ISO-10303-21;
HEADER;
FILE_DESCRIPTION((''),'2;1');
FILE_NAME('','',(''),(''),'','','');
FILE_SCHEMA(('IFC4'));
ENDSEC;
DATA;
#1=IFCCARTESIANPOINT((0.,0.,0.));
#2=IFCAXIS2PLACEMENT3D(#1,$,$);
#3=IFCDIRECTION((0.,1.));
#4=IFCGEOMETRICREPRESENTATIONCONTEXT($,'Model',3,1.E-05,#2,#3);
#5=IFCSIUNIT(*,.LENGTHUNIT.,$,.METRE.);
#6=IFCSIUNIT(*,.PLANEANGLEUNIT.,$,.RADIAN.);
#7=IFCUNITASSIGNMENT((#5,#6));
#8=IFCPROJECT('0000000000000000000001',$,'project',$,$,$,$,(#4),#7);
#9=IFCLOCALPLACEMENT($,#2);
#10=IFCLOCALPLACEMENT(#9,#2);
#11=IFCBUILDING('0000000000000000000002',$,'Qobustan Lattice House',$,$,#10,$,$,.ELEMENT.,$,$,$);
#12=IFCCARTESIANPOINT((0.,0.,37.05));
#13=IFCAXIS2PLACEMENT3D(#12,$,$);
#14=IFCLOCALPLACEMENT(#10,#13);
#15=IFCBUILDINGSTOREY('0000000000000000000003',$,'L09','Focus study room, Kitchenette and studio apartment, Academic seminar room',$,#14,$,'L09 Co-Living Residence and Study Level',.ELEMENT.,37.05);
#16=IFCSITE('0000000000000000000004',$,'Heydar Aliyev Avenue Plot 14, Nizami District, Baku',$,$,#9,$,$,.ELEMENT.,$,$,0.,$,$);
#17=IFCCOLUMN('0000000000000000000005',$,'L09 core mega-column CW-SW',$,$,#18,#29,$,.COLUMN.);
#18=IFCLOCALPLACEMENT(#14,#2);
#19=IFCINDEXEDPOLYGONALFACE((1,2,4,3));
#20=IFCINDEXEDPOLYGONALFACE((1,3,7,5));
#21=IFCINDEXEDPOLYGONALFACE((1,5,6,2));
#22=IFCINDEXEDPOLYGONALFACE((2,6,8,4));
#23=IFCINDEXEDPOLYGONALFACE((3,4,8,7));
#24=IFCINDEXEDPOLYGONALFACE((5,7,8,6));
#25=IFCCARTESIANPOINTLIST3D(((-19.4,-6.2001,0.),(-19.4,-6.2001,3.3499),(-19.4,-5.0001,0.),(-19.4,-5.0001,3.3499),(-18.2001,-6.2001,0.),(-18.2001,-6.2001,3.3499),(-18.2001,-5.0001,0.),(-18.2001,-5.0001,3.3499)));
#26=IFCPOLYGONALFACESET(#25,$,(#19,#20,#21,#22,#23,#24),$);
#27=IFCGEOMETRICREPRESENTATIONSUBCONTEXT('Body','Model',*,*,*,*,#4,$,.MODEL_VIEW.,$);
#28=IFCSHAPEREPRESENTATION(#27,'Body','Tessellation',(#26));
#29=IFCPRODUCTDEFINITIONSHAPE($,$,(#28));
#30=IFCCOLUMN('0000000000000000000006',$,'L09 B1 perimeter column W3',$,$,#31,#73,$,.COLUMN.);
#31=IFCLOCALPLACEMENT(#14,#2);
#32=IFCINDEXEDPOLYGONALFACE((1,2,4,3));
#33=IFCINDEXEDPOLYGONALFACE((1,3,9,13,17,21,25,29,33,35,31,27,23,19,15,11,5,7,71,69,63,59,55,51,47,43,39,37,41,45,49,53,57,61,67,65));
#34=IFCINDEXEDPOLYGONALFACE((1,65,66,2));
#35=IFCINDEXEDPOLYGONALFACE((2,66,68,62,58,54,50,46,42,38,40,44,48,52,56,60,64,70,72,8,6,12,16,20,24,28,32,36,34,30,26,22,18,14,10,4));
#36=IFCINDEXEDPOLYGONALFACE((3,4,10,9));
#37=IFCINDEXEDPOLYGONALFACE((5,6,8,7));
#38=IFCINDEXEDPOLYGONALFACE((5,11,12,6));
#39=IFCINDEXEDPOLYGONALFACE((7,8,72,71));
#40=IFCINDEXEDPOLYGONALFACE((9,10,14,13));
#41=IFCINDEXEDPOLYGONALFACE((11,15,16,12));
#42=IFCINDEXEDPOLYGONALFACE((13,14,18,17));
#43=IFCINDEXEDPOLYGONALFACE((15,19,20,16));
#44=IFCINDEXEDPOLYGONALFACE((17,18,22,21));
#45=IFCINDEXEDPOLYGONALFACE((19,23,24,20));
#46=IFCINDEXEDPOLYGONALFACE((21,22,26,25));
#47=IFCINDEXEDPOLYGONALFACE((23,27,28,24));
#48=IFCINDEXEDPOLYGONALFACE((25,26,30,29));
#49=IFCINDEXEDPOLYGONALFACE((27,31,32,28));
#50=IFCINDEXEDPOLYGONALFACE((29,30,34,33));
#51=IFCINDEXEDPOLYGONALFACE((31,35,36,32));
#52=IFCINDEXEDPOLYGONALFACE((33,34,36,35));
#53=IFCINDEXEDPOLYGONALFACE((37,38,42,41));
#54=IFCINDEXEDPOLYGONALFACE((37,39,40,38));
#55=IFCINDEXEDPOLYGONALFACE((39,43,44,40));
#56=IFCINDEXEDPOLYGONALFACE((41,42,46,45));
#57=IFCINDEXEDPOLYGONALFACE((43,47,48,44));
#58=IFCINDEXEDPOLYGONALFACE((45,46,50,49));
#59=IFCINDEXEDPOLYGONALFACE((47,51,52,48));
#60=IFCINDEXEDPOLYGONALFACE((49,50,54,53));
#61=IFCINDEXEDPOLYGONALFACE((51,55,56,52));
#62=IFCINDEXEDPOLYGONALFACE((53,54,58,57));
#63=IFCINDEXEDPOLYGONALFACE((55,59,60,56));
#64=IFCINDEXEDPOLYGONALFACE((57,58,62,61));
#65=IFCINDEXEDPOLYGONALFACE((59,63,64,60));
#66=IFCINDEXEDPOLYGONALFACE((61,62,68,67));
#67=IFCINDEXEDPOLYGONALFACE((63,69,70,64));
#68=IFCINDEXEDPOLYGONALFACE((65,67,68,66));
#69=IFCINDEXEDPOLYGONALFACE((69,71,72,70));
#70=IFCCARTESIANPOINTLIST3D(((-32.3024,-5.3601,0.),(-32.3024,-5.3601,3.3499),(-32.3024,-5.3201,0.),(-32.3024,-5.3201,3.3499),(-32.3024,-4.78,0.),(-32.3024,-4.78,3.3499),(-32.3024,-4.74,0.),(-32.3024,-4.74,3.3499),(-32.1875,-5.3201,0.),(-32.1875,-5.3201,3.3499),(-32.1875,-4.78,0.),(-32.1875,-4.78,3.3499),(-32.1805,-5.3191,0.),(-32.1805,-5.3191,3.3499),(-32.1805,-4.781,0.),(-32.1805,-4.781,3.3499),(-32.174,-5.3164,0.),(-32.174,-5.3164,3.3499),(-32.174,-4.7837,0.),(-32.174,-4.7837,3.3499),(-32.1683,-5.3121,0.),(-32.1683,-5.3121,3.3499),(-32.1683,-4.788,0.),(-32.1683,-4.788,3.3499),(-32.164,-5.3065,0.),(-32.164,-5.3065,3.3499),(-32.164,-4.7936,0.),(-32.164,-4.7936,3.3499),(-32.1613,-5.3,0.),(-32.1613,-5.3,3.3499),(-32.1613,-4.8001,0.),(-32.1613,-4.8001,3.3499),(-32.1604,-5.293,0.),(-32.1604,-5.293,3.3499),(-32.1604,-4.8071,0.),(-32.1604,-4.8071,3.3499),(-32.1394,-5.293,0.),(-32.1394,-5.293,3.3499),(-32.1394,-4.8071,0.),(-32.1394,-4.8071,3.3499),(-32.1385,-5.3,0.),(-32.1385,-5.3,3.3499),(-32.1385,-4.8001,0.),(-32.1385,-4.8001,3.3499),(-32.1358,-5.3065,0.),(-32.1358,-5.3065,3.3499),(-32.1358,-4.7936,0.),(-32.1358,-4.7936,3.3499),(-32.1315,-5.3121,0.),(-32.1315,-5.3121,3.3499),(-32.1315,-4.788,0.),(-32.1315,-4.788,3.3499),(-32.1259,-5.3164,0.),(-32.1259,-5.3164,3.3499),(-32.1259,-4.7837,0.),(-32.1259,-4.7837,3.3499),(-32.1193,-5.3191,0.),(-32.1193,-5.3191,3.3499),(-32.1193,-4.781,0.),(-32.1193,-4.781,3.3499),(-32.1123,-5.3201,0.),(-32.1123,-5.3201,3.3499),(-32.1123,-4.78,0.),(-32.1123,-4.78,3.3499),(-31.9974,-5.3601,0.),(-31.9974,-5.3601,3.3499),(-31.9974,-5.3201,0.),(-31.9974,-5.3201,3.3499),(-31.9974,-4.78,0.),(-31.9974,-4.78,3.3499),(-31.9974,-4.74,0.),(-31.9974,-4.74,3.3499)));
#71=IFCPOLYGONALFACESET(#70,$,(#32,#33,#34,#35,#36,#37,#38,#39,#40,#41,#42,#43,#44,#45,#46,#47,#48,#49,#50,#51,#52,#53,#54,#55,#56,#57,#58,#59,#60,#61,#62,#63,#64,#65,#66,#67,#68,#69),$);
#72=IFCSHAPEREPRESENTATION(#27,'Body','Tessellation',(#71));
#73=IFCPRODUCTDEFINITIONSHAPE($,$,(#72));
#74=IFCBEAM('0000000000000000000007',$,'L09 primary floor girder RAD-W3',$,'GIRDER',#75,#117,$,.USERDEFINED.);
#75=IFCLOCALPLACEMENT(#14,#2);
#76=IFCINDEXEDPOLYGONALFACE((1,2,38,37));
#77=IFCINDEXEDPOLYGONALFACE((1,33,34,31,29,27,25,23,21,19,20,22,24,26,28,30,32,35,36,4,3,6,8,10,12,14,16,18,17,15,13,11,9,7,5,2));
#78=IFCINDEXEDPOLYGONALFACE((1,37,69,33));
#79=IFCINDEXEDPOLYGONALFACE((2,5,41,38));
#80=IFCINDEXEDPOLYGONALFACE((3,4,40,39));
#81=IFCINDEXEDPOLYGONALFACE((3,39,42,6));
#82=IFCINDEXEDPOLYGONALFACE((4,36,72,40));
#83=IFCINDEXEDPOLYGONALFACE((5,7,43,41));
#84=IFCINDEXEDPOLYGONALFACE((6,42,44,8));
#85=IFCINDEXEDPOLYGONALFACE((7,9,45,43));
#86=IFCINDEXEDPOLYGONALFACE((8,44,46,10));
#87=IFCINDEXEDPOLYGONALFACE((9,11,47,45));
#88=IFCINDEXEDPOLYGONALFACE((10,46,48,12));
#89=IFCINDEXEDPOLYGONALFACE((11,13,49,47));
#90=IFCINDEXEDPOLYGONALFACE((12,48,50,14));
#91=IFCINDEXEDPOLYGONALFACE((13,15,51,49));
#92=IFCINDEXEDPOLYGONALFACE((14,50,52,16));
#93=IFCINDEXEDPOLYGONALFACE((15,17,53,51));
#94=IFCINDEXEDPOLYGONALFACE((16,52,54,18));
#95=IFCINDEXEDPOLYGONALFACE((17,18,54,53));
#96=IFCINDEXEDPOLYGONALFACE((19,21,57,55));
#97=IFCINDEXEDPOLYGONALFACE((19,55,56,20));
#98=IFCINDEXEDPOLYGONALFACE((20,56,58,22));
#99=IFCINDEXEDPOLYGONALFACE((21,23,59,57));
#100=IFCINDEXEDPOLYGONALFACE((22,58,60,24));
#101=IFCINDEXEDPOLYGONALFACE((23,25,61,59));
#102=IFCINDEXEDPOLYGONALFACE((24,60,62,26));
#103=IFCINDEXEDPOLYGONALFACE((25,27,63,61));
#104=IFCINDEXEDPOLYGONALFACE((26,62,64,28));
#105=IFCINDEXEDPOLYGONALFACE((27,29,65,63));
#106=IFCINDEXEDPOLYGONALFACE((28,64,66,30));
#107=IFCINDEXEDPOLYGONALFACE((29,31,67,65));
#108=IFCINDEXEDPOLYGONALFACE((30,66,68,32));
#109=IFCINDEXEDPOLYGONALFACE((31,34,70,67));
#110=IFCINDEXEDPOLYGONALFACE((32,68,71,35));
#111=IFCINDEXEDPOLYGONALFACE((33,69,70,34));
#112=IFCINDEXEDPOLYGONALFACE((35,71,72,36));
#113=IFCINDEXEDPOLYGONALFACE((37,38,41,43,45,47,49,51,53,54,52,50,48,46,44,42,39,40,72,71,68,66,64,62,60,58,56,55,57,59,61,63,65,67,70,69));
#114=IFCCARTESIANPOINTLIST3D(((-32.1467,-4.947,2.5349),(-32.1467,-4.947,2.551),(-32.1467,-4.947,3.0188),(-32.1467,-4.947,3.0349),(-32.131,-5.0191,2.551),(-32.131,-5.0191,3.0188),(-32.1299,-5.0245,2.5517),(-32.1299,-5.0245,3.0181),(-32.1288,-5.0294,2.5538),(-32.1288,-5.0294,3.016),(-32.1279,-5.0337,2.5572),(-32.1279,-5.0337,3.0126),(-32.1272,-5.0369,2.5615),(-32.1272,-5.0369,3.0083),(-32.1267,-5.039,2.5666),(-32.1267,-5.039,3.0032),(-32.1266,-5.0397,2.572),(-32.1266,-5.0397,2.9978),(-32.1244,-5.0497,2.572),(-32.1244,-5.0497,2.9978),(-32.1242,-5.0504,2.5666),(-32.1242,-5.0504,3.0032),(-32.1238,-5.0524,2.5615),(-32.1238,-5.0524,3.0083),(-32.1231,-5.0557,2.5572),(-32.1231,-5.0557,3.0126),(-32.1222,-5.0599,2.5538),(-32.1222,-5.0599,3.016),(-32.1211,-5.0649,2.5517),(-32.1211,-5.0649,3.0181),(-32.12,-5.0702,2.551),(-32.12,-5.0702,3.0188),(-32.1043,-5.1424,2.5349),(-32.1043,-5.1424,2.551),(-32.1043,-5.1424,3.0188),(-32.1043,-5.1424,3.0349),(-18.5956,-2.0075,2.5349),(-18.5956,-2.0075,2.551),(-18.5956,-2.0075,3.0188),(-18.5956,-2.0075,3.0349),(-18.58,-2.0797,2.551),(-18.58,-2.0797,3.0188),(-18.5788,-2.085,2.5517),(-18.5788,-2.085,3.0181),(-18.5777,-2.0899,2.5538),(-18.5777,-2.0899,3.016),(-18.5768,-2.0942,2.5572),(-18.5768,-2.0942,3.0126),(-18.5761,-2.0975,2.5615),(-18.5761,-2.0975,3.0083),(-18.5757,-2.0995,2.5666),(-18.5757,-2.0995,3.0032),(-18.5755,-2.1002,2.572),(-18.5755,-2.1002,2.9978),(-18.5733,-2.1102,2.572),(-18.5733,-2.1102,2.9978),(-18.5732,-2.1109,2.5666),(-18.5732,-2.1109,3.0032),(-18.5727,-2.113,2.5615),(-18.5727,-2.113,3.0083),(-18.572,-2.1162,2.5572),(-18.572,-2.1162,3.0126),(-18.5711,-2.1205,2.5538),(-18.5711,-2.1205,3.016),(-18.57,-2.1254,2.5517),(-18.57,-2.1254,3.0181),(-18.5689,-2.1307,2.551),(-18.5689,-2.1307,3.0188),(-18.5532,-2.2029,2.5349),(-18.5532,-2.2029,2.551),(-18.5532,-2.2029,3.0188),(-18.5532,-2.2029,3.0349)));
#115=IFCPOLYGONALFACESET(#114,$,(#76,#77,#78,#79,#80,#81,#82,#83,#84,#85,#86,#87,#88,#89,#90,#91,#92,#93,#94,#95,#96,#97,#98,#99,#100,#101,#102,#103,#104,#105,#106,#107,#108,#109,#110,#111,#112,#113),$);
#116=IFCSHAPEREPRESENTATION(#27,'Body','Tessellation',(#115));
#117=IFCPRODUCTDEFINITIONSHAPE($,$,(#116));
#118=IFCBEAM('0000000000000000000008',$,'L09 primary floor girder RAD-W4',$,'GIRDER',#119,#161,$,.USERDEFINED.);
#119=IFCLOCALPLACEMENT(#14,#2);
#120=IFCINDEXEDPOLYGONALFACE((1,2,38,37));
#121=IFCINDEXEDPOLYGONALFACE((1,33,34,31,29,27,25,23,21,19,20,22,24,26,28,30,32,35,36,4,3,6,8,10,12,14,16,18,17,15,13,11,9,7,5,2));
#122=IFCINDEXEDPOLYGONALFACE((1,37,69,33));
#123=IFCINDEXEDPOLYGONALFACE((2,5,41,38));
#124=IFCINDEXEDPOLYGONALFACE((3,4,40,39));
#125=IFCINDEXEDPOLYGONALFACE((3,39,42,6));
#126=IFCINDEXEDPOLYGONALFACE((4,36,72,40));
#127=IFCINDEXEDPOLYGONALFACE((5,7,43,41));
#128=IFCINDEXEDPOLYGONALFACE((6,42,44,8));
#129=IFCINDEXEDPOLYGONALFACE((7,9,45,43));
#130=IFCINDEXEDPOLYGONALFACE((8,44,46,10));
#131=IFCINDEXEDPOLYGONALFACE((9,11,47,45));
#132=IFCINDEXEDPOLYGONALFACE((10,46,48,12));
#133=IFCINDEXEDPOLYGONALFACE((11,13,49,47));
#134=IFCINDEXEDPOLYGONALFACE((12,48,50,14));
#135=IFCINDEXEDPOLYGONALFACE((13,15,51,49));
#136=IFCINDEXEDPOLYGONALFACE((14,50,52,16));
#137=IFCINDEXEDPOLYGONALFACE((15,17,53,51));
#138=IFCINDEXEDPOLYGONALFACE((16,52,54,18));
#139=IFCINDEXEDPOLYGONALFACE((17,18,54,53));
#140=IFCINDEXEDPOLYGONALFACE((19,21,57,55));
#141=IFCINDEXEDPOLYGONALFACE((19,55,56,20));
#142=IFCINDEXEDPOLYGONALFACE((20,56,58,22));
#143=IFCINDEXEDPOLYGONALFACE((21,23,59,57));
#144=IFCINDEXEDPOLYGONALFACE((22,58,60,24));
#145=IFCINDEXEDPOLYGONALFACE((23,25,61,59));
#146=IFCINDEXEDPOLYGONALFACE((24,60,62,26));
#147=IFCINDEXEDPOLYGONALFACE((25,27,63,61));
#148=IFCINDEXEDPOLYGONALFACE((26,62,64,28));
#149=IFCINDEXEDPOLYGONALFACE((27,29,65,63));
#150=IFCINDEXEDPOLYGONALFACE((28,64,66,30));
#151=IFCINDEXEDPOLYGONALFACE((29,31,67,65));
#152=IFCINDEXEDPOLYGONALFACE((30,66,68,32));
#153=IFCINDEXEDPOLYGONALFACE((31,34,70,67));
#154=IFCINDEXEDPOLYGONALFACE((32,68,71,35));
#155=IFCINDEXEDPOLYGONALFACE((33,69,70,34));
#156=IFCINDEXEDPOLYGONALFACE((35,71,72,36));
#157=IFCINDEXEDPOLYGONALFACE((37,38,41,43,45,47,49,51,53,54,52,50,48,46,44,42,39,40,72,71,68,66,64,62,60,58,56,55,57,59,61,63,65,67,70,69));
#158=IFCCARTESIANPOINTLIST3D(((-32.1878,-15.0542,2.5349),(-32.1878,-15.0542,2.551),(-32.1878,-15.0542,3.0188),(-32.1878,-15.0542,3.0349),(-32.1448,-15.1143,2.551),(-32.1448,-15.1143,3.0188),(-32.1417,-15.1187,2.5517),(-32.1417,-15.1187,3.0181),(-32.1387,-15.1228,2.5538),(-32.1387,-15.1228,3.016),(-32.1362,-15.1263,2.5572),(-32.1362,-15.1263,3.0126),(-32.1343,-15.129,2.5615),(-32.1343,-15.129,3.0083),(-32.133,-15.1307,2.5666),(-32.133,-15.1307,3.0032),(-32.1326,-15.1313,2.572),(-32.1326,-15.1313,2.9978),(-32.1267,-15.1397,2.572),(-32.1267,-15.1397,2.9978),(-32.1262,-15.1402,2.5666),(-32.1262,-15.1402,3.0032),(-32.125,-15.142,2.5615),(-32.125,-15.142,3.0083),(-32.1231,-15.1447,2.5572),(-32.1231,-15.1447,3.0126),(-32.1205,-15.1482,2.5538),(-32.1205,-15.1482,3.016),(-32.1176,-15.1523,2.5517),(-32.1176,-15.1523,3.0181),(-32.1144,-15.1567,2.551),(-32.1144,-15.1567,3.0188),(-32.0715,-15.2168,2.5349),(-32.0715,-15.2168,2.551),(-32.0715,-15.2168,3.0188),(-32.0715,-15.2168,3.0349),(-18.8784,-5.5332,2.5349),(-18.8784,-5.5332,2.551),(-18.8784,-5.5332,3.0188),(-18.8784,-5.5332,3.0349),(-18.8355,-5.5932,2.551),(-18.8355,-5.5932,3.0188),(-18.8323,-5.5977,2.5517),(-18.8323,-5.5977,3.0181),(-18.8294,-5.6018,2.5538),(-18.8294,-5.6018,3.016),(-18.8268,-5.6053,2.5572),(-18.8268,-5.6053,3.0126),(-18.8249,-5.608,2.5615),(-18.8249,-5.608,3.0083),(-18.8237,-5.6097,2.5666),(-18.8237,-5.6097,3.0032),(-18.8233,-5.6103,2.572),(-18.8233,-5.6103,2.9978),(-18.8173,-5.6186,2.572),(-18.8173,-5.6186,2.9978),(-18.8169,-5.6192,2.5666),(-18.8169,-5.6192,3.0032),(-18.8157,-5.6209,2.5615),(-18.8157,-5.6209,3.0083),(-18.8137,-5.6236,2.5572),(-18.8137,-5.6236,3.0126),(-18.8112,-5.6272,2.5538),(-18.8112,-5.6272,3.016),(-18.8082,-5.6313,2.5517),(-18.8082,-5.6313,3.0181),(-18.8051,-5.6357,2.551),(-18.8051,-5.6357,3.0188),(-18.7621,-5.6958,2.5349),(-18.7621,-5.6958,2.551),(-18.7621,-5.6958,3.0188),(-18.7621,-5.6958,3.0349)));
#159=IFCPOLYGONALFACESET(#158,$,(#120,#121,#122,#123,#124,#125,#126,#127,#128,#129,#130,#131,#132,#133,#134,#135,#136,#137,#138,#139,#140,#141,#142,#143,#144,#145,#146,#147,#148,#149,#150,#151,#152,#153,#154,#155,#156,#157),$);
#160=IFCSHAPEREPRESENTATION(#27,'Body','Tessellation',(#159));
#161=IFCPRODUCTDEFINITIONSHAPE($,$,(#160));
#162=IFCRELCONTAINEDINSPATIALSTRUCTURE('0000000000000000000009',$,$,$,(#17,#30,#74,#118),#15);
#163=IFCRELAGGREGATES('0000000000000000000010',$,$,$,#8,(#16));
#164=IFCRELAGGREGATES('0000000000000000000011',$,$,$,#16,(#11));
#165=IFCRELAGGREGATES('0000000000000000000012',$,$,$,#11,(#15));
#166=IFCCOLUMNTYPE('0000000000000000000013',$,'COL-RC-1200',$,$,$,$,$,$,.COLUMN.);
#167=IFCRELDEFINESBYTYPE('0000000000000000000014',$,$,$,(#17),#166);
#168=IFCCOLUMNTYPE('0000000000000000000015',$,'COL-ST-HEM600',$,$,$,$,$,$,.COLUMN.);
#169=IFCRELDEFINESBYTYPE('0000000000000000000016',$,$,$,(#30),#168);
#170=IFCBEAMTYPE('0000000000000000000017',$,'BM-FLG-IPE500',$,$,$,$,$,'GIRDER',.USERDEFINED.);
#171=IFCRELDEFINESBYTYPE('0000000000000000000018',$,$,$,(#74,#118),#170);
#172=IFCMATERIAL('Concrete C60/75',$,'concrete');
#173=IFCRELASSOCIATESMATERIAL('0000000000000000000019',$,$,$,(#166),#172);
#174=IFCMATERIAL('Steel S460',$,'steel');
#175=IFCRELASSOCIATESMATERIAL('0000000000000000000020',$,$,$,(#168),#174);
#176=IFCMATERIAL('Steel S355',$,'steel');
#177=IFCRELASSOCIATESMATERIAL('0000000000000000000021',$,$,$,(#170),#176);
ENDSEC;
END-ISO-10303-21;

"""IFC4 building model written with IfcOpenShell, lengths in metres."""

from ifc_helpers import new_model, si_unit, direction, frame, origin, origin_2d, place, context, subcontext, project, spatial, rectangle, i_section, extrude, material, material_profile, profile_set, type_object, element, save


model = new_model("IFC4")

# Units and contexts
model_context = context("Model", 3, precision=1e-05, world=origin(), true_north=direction((0.0, 1.0)))
body_context = subcontext(model_context, "Body", "Model", "MODEL_VIEW")
ifc_project = project(units=[si_unit("LENGTHUNIT", "METRE"), si_unit("PLANEANGLEUNIT", "RADIAN")], contexts=[model_context])

# Site, building, storey
site_placement = place(None, origin())
site = spatial("IfcSite", under=ifc_project, at=site_placement, Name="Heydar Aliyev Avenue Plot 14, Nizami District, Baku", CompositionType="ELEMENT", RefElevation=0.0)
building_placement = place(site_placement, origin())
building = spatial("IfcBuilding", under=site, at=building_placement, Name="Qobustan Lattice House", CompositionType="ELEMENT")
storey_placement = place(building_placement, frame((0.0, 0.0, 37.05)))
storey = spatial("IfcBuildingStorey", under=building, at=storey_placement, Name="L09", Description="Focus study room, Kitchenette and studio apartment, Academic seminar room", LongName="L09 Co-Living Residence and Study Level", CompositionType="ELEMENT", Elevation=37.05)

# Columns
ifc_material_1 = material(Name="Concrete C60/75", Category="concrete")
ifc_material_profile_1 = material_profile(ifc_material_1, rectangle(XDim=1.2, YDim=1.2, at=origin_2d()), Name="RC1200x1200")
ifc_profile_set_1 = profile_set([ifc_material_profile_1], Name="Concrete C60/75")
column_type_1 = type_object("IfcColumnType", Name="COL-RC-1200", PredefinedType="COLUMN", material=ifc_profile_set_1)
column_1_placement = place(storey_placement, frame((-18.8, -5.6001, 0.0), z_axis=(0.0, 0.0, 1.0), x_axis=(1.0, 0.0, 0.0)))
element("IfcColumn", 1, at=column_1_placement, inside=storey, type_object=column_type_1, Name="L09 core mega-column CW-SW", PredefinedType="COLUMN", context=body_context, shape_type="SweptSolid", body=[
    extrude(rectangle(XDim=1.2, YDim=1.2, at=origin_2d()), origin(), (0.0, 0.0, 1.0), 3.3499),
])
ifc_material_2 = material(Name="Steel S460", Category="steel")
ifc_material_profile_2 = material_profile(ifc_material_2, i_section(OverallWidth=0.3049, OverallDepth=0.6201, WebThickness=0.021, FlangeThickness=0.04, FilletRadius=0.0271, at=origin_2d()), Name="HEM600")
ifc_profile_set_2 = profile_set([ifc_material_profile_2], Name="Steel S460")
column_type_2 = type_object("IfcColumnType", Name="COL-ST-HEM600", PredefinedType="COLUMN", material=ifc_profile_set_2)
column_2_placement = place(storey_placement, frame((-32.1499, -5.05, 0.0), z_axis=(0.0, 0.0, 1.0), x_axis=(1.0, 0.0, 0.0)))
element("IfcColumn", 2, at=column_2_placement, inside=storey, type_object=column_type_2, Name="L09 B1 perimeter column W3", PredefinedType="COLUMN", context=body_context, shape_type="SweptSolid", body=[
    extrude(i_section(OverallWidth=0.3049, OverallDepth=0.6201, WebThickness=0.021, FlangeThickness=0.04, FilletRadius=0.0271, at=origin_2d()), origin(), (0.0, 0.0, 1.0), 3.3499),
])

# Beams
ifc_material_3 = material(Name="Steel S355", Category="steel")
ifc_material_profile_3 = material_profile(ifc_material_3, i_section(OverallWidth=0.2, OverallDepth=0.5, WebThickness=0.0103, FlangeThickness=0.0161, FilletRadius=0.021, at=origin_2d()), Name="IPE500")
ifc_profile_set_3 = profile_set([ifc_material_profile_3], Name="Steel S355")
beam_type_1 = type_object("IfcBeamType", Name="BM-FLG-IPE500", ElementType="GIRDER", PredefinedType="USERDEFINED", material=ifc_profile_set_3)
beam_1_placement = place(storey_placement, frame((-32.1255, -5.0447, 2.7849), z_axis=(0.977272, 0.211987, 0.0), x_axis=(-0.211987, 0.977272, 0.0)))
element("IfcBeam", 3, at=beam_1_placement, inside=storey, type_object=beam_type_1, Name="L09 primary floor girder RAD-W3", ObjectType="GIRDER", PredefinedType="USERDEFINED", context=body_context, shape_type="SweptSolid", body=[
    extrude(i_section(OverallWidth=0.2, OverallDepth=0.5, WebThickness=0.0103, FlangeThickness=0.0161, FilletRadius=0.021, at=origin_2d()), origin(), (0.0, 0.0, 1.0), 13.8662),
])
beam_2_placement = place(storey_placement, frame((-32.1296, -15.1355, 2.7849), z_axis=(0.813319, 0.581818, 0.0), x_axis=(-0.581818, 0.813319, 0.0)))
element("IfcBeam", 4, at=beam_2_placement, inside=storey, type_object=beam_type_1, Name="L09 primary floor girder RAD-W4", ObjectType="GIRDER", PredefinedType="USERDEFINED", context=body_context, shape_type="SweptSolid", body=[
    extrude(i_section(OverallWidth=0.2, OverallDepth=0.5, WebThickness=0.0103, FlangeThickness=0.0161, FilletRadius=0.021, at=origin_2d()), origin(), (0.0, 0.0, 1.0), 16.3643),
])

save(model, "model.ifc")
